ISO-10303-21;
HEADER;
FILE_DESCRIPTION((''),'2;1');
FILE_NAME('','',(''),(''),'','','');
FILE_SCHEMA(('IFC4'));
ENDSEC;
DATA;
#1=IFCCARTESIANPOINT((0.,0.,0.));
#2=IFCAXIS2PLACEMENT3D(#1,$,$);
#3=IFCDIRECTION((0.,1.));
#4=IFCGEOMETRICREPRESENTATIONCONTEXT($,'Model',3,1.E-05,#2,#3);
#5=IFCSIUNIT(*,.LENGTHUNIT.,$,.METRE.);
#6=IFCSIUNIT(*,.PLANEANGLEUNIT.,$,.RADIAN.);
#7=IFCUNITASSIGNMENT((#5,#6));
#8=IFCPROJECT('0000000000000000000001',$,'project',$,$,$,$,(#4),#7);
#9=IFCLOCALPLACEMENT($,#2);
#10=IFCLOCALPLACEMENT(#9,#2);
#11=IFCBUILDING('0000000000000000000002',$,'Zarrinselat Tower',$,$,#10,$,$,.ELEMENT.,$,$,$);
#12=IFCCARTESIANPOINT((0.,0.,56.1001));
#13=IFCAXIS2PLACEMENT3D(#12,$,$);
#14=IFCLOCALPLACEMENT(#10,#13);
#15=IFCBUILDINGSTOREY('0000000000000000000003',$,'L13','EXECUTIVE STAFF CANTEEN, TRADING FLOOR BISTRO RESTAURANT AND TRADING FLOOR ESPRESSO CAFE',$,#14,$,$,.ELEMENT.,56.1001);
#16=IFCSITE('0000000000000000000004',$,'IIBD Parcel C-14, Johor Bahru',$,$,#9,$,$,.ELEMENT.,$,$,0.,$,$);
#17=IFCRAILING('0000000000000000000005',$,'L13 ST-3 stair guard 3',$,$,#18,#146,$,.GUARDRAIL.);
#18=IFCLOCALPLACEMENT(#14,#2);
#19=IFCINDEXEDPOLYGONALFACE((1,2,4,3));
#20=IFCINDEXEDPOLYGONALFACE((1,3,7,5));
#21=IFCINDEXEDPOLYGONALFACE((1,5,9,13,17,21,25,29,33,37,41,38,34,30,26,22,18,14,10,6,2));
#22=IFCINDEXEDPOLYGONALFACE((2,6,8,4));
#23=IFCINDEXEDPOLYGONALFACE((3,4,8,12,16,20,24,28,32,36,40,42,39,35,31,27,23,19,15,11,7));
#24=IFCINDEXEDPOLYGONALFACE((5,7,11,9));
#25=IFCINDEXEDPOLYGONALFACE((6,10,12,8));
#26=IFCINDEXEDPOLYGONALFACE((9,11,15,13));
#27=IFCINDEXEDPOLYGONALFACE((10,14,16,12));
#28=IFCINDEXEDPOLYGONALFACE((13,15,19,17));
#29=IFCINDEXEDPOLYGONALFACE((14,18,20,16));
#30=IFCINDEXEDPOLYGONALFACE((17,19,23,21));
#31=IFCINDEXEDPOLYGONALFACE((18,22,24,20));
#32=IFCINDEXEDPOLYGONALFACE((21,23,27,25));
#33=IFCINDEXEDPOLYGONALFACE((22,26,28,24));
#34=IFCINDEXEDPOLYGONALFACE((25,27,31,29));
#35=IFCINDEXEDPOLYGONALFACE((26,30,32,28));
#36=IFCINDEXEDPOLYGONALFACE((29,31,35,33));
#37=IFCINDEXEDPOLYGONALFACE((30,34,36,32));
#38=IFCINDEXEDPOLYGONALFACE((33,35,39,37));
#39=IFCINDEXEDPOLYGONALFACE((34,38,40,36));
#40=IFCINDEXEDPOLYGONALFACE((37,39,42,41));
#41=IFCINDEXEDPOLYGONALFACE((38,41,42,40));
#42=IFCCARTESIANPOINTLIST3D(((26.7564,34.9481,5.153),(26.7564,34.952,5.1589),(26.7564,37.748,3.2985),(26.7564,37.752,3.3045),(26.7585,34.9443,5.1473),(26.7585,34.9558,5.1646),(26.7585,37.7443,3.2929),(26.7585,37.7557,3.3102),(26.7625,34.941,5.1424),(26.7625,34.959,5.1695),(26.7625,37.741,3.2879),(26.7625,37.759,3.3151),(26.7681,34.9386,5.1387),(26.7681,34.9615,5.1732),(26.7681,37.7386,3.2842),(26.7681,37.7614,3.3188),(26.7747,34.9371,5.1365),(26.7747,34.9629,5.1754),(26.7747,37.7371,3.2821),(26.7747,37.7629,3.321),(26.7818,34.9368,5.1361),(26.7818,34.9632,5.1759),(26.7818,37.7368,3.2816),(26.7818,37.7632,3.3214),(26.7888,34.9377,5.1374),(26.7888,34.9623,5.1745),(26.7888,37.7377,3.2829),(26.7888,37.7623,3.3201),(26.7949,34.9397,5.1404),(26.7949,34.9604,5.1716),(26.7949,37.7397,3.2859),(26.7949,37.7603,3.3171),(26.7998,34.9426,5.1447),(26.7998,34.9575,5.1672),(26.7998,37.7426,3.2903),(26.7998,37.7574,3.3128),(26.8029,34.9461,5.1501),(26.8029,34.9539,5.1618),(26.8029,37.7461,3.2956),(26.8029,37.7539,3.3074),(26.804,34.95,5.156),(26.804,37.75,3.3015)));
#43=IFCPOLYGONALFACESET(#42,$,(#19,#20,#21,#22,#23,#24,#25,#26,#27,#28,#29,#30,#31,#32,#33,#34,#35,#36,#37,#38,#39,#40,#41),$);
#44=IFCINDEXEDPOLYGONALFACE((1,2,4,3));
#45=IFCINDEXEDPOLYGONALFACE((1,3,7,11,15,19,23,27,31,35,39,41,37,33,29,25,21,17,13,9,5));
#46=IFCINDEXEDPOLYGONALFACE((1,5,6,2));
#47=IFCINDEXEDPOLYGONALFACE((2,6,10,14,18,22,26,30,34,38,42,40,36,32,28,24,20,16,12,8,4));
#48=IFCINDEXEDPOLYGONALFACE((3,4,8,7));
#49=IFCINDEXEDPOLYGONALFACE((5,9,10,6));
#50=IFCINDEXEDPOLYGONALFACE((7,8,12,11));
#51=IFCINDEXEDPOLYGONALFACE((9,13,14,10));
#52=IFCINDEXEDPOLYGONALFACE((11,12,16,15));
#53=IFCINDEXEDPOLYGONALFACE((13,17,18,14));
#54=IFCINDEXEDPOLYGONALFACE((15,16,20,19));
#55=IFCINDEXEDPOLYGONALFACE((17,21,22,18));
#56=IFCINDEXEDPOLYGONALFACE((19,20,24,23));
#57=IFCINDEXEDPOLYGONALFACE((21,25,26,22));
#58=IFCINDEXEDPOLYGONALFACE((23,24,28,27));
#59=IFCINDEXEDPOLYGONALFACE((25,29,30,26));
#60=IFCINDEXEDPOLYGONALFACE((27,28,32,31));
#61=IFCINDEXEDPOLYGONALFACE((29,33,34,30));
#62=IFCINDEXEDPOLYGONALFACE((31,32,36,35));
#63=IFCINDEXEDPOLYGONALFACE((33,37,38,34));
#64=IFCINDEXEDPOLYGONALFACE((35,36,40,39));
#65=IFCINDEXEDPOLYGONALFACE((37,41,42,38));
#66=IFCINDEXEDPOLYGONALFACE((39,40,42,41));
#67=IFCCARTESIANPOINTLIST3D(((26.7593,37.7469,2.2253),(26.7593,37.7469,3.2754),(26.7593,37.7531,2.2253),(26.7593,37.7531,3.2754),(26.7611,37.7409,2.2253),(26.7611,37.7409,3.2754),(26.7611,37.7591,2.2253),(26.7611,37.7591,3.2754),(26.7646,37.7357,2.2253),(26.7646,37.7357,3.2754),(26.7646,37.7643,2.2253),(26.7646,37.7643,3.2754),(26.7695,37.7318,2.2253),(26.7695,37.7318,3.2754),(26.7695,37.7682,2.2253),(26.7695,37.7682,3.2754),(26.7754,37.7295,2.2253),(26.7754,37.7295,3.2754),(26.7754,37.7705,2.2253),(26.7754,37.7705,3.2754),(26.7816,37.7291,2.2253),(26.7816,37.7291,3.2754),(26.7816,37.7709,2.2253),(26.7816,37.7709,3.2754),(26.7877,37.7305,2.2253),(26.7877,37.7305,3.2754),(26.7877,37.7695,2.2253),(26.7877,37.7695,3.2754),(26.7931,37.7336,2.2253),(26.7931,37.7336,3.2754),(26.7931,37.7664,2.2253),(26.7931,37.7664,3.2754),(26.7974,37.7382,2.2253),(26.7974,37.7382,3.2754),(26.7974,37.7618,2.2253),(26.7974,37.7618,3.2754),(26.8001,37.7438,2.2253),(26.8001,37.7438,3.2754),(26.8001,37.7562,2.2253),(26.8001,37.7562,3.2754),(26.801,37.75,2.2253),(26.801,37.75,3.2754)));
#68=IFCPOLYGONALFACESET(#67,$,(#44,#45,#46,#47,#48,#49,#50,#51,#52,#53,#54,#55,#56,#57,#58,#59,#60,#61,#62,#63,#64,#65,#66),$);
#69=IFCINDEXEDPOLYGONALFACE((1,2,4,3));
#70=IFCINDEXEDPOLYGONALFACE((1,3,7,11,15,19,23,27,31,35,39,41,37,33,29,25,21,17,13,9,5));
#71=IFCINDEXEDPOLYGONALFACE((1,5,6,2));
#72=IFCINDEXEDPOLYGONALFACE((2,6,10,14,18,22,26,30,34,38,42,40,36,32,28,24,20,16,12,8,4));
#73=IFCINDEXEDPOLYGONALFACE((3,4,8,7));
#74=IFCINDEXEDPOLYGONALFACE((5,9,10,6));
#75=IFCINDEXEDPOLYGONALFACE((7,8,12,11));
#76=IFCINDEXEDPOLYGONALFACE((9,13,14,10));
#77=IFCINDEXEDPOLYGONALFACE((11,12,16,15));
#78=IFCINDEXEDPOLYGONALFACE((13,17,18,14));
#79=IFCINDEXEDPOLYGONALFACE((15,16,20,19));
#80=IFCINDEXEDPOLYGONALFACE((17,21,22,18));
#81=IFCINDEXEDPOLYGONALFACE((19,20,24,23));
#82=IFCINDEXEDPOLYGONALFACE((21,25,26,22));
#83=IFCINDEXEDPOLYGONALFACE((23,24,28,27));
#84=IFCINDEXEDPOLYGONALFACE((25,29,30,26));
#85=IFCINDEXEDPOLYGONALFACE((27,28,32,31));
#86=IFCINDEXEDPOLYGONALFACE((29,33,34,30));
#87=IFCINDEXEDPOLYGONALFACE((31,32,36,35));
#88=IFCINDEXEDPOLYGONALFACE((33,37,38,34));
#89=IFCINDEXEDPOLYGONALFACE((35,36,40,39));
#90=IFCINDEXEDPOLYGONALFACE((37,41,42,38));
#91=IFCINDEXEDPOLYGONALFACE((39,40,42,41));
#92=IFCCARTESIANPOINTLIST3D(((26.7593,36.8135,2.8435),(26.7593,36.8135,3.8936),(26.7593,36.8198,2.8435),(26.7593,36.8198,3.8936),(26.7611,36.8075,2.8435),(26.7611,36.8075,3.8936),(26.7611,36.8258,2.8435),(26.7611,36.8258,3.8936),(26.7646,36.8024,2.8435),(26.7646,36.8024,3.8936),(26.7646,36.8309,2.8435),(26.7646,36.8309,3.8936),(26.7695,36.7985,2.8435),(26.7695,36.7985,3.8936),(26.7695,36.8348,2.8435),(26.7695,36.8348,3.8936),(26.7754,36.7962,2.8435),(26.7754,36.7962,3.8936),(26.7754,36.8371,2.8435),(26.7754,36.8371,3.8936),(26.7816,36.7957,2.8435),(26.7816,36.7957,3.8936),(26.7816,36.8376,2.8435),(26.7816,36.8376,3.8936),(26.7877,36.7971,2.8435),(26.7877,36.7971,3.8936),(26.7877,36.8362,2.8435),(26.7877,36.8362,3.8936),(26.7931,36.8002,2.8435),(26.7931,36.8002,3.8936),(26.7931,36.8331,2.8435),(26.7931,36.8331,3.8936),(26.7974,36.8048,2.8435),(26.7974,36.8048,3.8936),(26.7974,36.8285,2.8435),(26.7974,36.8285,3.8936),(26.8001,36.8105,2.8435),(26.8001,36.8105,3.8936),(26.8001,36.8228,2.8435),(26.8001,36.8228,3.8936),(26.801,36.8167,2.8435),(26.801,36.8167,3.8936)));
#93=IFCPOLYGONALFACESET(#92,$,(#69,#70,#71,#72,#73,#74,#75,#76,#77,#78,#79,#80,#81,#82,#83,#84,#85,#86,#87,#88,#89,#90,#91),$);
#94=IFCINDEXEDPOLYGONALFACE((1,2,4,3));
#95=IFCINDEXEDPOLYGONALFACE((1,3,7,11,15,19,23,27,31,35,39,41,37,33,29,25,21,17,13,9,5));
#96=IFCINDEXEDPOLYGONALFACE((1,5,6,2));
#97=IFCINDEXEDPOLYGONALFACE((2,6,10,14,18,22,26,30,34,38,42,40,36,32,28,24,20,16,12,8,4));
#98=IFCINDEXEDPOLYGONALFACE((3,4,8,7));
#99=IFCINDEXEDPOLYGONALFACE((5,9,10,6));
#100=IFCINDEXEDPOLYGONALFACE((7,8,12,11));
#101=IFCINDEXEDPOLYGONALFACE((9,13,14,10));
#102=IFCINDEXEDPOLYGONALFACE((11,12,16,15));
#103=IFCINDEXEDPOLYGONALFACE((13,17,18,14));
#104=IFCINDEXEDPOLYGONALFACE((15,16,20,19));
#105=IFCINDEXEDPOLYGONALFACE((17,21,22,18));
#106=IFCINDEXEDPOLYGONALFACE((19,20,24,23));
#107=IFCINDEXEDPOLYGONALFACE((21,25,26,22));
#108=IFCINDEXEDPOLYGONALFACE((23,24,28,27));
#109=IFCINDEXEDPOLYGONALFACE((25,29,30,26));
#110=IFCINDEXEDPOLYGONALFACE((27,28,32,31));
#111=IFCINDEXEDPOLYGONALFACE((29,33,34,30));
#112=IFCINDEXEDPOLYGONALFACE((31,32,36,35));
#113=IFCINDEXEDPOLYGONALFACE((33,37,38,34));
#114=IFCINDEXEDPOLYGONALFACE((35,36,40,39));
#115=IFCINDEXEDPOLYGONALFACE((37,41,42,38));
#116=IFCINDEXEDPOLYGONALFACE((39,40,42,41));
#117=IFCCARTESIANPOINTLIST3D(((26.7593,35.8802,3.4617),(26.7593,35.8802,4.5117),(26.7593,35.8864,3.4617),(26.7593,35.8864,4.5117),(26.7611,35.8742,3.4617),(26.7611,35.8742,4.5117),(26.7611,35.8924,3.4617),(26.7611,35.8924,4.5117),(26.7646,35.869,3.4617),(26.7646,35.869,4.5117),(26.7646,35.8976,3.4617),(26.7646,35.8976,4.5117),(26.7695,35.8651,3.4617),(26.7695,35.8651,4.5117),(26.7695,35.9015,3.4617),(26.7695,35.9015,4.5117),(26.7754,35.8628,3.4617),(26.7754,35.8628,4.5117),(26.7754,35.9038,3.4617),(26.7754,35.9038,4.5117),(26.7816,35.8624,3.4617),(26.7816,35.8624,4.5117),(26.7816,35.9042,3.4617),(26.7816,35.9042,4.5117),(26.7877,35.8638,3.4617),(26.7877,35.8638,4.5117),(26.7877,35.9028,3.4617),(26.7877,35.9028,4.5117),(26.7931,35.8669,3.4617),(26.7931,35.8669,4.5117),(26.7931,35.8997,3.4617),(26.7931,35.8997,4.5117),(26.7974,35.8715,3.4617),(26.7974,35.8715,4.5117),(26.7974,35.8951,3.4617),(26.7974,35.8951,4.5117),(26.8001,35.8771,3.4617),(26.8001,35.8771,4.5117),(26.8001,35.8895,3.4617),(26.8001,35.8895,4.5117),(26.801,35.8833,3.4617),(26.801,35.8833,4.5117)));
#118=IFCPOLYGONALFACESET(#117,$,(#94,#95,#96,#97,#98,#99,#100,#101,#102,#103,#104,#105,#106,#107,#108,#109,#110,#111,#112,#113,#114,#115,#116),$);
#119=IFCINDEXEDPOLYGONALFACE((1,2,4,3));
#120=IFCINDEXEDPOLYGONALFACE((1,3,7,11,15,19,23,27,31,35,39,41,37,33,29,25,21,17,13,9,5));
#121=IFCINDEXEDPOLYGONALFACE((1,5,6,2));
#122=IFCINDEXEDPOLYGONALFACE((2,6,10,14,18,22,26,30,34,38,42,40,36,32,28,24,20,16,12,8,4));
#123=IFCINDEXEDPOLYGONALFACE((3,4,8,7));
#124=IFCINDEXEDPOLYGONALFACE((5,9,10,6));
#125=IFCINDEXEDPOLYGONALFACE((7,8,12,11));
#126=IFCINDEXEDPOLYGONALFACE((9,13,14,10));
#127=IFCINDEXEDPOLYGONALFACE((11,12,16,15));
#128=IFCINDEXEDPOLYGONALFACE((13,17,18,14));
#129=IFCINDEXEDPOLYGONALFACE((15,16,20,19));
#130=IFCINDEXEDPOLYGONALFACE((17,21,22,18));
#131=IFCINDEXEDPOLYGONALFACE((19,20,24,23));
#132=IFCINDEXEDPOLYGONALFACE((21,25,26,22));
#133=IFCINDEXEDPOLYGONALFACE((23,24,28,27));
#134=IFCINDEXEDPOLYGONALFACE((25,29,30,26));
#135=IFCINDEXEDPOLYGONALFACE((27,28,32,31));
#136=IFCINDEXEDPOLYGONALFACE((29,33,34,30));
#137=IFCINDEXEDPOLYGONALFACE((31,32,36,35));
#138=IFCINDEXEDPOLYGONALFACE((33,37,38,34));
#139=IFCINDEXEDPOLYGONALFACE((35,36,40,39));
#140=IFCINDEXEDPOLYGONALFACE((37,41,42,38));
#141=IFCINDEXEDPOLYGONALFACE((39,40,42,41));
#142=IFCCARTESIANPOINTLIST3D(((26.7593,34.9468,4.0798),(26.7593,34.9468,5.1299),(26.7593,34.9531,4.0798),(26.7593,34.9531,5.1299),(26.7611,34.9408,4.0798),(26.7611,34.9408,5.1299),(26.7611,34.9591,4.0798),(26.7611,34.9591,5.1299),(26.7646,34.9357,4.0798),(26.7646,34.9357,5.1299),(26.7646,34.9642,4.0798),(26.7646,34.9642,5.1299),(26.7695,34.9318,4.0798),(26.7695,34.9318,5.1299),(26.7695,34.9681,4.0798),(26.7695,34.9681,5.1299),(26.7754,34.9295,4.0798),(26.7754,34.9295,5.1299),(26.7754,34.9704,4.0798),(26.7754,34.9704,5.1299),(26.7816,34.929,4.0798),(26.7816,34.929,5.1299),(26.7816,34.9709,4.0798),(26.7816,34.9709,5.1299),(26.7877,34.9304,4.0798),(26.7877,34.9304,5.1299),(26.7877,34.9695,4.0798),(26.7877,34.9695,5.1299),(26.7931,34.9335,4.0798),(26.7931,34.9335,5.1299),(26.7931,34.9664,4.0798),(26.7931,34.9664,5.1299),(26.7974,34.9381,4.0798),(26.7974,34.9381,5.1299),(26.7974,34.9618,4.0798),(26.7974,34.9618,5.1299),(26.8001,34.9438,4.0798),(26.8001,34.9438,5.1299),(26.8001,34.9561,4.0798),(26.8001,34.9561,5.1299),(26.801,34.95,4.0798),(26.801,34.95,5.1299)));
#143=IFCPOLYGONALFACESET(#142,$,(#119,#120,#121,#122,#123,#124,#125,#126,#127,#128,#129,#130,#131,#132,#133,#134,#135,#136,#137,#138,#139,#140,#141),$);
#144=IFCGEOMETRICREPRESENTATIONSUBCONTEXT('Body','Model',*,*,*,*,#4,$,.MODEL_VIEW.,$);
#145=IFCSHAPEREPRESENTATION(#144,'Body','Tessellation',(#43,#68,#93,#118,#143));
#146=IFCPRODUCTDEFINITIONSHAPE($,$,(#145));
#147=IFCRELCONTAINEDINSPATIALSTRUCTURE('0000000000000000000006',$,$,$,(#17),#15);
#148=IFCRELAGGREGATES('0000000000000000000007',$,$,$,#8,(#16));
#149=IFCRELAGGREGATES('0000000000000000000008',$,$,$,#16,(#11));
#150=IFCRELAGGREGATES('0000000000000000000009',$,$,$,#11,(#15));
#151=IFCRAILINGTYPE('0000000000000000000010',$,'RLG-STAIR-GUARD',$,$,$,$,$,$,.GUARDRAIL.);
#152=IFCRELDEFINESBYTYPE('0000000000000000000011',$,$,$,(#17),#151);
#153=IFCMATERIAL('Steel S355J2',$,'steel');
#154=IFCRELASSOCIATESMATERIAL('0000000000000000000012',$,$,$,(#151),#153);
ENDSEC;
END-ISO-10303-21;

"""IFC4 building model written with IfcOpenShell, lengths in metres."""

from ifc_helpers import new_model, si_unit, direction, frame, origin, origin_2d, place, context, subcontext, project, spatial, circle, extrude, material, type_object, element, save


model = new_model("IFC4")

# Units and contexts
model_context = context("Model", 3, precision=1e-05, world=origin(), true_north=direction((0.0, 1.0)))
body_context = subcontext(model_context, "Body", "Model", "MODEL_VIEW")
ifc_project = project(units=[si_unit("LENGTHUNIT", "METRE"), si_unit("PLANEANGLEUNIT", "RADIAN")], contexts=[model_context])

# Site, building, storey
site_placement = place(None, origin())
site = spatial("IfcSite", under=ifc_project, at=site_placement, Name="IIBD Parcel C-14, Johor Bahru", CompositionType="ELEMENT", RefElevation=0.0)
building_placement = place(site_placement, origin())
building = spatial("IfcBuilding", under=site, at=building_placement, Name="Zarrinselat Tower", CompositionType="ELEMENT")
storey_placement = place(building_placement, frame((0.0, 0.0, 56.1001)))
storey = spatial("IfcBuildingStorey", under=building, at=storey_placement, Name="L13", Description="EXECUTIVE STAFF CANTEEN, TRADING FLOOR BISTRO RESTAURANT AND TRADING FLOOR ESPRESSO CAFE", CompositionType="ELEMENT", Elevation=56.1001)

# Railing
ifc_material_1 = material(Name="Steel S355J2", Category="steel")
railing_type_1 = type_object("IfcRailingType", Name="RLG-STAIR-GUARD", PredefinedType="GUARDRAIL", material=ifc_material_1)
railing_1_placement = place(storey_placement, frame((26.78, 37.75, 2.2253)))
element("IfcRailing", 1, at=railing_1_placement, inside=storey, type_object=railing_type_1, Name="L13 ST-3 stair guard 3", PredefinedType="GUARDRAIL", context=body_context, shape_type="SweptSolid", body=[
    extrude(circle(Radius=0.0239, at=origin_2d()), frame((0.0, 0.0, 1.0762), z_axis=(0.0, -0.833724, 0.552181), x_axis=(1.0, 0.0, 0.0)), (0.0, 0.0, 1.0), 3.3584),
    extrude(circle(Radius=0.021, at=origin_2d()), origin(), (0.0, 0.0, 1.0), 1.05),
    extrude(circle(Radius=0.021, at=origin_2d()), frame((0.0, -0.9333, 0.6182)), (0.0, 0.0, 1.0), 1.05),
    extrude(circle(Radius=0.021, at=origin_2d()), frame((0.0, -1.8667, 1.2363)), (0.0, 0.0, 1.0), 1.05),
    extrude(circle(Radius=0.021, at=origin_2d()), frame((0.0, -2.8, 1.8545)), (0.0, 0.0, 1.0), 1.05),
])

save(model, "model.ifc")
